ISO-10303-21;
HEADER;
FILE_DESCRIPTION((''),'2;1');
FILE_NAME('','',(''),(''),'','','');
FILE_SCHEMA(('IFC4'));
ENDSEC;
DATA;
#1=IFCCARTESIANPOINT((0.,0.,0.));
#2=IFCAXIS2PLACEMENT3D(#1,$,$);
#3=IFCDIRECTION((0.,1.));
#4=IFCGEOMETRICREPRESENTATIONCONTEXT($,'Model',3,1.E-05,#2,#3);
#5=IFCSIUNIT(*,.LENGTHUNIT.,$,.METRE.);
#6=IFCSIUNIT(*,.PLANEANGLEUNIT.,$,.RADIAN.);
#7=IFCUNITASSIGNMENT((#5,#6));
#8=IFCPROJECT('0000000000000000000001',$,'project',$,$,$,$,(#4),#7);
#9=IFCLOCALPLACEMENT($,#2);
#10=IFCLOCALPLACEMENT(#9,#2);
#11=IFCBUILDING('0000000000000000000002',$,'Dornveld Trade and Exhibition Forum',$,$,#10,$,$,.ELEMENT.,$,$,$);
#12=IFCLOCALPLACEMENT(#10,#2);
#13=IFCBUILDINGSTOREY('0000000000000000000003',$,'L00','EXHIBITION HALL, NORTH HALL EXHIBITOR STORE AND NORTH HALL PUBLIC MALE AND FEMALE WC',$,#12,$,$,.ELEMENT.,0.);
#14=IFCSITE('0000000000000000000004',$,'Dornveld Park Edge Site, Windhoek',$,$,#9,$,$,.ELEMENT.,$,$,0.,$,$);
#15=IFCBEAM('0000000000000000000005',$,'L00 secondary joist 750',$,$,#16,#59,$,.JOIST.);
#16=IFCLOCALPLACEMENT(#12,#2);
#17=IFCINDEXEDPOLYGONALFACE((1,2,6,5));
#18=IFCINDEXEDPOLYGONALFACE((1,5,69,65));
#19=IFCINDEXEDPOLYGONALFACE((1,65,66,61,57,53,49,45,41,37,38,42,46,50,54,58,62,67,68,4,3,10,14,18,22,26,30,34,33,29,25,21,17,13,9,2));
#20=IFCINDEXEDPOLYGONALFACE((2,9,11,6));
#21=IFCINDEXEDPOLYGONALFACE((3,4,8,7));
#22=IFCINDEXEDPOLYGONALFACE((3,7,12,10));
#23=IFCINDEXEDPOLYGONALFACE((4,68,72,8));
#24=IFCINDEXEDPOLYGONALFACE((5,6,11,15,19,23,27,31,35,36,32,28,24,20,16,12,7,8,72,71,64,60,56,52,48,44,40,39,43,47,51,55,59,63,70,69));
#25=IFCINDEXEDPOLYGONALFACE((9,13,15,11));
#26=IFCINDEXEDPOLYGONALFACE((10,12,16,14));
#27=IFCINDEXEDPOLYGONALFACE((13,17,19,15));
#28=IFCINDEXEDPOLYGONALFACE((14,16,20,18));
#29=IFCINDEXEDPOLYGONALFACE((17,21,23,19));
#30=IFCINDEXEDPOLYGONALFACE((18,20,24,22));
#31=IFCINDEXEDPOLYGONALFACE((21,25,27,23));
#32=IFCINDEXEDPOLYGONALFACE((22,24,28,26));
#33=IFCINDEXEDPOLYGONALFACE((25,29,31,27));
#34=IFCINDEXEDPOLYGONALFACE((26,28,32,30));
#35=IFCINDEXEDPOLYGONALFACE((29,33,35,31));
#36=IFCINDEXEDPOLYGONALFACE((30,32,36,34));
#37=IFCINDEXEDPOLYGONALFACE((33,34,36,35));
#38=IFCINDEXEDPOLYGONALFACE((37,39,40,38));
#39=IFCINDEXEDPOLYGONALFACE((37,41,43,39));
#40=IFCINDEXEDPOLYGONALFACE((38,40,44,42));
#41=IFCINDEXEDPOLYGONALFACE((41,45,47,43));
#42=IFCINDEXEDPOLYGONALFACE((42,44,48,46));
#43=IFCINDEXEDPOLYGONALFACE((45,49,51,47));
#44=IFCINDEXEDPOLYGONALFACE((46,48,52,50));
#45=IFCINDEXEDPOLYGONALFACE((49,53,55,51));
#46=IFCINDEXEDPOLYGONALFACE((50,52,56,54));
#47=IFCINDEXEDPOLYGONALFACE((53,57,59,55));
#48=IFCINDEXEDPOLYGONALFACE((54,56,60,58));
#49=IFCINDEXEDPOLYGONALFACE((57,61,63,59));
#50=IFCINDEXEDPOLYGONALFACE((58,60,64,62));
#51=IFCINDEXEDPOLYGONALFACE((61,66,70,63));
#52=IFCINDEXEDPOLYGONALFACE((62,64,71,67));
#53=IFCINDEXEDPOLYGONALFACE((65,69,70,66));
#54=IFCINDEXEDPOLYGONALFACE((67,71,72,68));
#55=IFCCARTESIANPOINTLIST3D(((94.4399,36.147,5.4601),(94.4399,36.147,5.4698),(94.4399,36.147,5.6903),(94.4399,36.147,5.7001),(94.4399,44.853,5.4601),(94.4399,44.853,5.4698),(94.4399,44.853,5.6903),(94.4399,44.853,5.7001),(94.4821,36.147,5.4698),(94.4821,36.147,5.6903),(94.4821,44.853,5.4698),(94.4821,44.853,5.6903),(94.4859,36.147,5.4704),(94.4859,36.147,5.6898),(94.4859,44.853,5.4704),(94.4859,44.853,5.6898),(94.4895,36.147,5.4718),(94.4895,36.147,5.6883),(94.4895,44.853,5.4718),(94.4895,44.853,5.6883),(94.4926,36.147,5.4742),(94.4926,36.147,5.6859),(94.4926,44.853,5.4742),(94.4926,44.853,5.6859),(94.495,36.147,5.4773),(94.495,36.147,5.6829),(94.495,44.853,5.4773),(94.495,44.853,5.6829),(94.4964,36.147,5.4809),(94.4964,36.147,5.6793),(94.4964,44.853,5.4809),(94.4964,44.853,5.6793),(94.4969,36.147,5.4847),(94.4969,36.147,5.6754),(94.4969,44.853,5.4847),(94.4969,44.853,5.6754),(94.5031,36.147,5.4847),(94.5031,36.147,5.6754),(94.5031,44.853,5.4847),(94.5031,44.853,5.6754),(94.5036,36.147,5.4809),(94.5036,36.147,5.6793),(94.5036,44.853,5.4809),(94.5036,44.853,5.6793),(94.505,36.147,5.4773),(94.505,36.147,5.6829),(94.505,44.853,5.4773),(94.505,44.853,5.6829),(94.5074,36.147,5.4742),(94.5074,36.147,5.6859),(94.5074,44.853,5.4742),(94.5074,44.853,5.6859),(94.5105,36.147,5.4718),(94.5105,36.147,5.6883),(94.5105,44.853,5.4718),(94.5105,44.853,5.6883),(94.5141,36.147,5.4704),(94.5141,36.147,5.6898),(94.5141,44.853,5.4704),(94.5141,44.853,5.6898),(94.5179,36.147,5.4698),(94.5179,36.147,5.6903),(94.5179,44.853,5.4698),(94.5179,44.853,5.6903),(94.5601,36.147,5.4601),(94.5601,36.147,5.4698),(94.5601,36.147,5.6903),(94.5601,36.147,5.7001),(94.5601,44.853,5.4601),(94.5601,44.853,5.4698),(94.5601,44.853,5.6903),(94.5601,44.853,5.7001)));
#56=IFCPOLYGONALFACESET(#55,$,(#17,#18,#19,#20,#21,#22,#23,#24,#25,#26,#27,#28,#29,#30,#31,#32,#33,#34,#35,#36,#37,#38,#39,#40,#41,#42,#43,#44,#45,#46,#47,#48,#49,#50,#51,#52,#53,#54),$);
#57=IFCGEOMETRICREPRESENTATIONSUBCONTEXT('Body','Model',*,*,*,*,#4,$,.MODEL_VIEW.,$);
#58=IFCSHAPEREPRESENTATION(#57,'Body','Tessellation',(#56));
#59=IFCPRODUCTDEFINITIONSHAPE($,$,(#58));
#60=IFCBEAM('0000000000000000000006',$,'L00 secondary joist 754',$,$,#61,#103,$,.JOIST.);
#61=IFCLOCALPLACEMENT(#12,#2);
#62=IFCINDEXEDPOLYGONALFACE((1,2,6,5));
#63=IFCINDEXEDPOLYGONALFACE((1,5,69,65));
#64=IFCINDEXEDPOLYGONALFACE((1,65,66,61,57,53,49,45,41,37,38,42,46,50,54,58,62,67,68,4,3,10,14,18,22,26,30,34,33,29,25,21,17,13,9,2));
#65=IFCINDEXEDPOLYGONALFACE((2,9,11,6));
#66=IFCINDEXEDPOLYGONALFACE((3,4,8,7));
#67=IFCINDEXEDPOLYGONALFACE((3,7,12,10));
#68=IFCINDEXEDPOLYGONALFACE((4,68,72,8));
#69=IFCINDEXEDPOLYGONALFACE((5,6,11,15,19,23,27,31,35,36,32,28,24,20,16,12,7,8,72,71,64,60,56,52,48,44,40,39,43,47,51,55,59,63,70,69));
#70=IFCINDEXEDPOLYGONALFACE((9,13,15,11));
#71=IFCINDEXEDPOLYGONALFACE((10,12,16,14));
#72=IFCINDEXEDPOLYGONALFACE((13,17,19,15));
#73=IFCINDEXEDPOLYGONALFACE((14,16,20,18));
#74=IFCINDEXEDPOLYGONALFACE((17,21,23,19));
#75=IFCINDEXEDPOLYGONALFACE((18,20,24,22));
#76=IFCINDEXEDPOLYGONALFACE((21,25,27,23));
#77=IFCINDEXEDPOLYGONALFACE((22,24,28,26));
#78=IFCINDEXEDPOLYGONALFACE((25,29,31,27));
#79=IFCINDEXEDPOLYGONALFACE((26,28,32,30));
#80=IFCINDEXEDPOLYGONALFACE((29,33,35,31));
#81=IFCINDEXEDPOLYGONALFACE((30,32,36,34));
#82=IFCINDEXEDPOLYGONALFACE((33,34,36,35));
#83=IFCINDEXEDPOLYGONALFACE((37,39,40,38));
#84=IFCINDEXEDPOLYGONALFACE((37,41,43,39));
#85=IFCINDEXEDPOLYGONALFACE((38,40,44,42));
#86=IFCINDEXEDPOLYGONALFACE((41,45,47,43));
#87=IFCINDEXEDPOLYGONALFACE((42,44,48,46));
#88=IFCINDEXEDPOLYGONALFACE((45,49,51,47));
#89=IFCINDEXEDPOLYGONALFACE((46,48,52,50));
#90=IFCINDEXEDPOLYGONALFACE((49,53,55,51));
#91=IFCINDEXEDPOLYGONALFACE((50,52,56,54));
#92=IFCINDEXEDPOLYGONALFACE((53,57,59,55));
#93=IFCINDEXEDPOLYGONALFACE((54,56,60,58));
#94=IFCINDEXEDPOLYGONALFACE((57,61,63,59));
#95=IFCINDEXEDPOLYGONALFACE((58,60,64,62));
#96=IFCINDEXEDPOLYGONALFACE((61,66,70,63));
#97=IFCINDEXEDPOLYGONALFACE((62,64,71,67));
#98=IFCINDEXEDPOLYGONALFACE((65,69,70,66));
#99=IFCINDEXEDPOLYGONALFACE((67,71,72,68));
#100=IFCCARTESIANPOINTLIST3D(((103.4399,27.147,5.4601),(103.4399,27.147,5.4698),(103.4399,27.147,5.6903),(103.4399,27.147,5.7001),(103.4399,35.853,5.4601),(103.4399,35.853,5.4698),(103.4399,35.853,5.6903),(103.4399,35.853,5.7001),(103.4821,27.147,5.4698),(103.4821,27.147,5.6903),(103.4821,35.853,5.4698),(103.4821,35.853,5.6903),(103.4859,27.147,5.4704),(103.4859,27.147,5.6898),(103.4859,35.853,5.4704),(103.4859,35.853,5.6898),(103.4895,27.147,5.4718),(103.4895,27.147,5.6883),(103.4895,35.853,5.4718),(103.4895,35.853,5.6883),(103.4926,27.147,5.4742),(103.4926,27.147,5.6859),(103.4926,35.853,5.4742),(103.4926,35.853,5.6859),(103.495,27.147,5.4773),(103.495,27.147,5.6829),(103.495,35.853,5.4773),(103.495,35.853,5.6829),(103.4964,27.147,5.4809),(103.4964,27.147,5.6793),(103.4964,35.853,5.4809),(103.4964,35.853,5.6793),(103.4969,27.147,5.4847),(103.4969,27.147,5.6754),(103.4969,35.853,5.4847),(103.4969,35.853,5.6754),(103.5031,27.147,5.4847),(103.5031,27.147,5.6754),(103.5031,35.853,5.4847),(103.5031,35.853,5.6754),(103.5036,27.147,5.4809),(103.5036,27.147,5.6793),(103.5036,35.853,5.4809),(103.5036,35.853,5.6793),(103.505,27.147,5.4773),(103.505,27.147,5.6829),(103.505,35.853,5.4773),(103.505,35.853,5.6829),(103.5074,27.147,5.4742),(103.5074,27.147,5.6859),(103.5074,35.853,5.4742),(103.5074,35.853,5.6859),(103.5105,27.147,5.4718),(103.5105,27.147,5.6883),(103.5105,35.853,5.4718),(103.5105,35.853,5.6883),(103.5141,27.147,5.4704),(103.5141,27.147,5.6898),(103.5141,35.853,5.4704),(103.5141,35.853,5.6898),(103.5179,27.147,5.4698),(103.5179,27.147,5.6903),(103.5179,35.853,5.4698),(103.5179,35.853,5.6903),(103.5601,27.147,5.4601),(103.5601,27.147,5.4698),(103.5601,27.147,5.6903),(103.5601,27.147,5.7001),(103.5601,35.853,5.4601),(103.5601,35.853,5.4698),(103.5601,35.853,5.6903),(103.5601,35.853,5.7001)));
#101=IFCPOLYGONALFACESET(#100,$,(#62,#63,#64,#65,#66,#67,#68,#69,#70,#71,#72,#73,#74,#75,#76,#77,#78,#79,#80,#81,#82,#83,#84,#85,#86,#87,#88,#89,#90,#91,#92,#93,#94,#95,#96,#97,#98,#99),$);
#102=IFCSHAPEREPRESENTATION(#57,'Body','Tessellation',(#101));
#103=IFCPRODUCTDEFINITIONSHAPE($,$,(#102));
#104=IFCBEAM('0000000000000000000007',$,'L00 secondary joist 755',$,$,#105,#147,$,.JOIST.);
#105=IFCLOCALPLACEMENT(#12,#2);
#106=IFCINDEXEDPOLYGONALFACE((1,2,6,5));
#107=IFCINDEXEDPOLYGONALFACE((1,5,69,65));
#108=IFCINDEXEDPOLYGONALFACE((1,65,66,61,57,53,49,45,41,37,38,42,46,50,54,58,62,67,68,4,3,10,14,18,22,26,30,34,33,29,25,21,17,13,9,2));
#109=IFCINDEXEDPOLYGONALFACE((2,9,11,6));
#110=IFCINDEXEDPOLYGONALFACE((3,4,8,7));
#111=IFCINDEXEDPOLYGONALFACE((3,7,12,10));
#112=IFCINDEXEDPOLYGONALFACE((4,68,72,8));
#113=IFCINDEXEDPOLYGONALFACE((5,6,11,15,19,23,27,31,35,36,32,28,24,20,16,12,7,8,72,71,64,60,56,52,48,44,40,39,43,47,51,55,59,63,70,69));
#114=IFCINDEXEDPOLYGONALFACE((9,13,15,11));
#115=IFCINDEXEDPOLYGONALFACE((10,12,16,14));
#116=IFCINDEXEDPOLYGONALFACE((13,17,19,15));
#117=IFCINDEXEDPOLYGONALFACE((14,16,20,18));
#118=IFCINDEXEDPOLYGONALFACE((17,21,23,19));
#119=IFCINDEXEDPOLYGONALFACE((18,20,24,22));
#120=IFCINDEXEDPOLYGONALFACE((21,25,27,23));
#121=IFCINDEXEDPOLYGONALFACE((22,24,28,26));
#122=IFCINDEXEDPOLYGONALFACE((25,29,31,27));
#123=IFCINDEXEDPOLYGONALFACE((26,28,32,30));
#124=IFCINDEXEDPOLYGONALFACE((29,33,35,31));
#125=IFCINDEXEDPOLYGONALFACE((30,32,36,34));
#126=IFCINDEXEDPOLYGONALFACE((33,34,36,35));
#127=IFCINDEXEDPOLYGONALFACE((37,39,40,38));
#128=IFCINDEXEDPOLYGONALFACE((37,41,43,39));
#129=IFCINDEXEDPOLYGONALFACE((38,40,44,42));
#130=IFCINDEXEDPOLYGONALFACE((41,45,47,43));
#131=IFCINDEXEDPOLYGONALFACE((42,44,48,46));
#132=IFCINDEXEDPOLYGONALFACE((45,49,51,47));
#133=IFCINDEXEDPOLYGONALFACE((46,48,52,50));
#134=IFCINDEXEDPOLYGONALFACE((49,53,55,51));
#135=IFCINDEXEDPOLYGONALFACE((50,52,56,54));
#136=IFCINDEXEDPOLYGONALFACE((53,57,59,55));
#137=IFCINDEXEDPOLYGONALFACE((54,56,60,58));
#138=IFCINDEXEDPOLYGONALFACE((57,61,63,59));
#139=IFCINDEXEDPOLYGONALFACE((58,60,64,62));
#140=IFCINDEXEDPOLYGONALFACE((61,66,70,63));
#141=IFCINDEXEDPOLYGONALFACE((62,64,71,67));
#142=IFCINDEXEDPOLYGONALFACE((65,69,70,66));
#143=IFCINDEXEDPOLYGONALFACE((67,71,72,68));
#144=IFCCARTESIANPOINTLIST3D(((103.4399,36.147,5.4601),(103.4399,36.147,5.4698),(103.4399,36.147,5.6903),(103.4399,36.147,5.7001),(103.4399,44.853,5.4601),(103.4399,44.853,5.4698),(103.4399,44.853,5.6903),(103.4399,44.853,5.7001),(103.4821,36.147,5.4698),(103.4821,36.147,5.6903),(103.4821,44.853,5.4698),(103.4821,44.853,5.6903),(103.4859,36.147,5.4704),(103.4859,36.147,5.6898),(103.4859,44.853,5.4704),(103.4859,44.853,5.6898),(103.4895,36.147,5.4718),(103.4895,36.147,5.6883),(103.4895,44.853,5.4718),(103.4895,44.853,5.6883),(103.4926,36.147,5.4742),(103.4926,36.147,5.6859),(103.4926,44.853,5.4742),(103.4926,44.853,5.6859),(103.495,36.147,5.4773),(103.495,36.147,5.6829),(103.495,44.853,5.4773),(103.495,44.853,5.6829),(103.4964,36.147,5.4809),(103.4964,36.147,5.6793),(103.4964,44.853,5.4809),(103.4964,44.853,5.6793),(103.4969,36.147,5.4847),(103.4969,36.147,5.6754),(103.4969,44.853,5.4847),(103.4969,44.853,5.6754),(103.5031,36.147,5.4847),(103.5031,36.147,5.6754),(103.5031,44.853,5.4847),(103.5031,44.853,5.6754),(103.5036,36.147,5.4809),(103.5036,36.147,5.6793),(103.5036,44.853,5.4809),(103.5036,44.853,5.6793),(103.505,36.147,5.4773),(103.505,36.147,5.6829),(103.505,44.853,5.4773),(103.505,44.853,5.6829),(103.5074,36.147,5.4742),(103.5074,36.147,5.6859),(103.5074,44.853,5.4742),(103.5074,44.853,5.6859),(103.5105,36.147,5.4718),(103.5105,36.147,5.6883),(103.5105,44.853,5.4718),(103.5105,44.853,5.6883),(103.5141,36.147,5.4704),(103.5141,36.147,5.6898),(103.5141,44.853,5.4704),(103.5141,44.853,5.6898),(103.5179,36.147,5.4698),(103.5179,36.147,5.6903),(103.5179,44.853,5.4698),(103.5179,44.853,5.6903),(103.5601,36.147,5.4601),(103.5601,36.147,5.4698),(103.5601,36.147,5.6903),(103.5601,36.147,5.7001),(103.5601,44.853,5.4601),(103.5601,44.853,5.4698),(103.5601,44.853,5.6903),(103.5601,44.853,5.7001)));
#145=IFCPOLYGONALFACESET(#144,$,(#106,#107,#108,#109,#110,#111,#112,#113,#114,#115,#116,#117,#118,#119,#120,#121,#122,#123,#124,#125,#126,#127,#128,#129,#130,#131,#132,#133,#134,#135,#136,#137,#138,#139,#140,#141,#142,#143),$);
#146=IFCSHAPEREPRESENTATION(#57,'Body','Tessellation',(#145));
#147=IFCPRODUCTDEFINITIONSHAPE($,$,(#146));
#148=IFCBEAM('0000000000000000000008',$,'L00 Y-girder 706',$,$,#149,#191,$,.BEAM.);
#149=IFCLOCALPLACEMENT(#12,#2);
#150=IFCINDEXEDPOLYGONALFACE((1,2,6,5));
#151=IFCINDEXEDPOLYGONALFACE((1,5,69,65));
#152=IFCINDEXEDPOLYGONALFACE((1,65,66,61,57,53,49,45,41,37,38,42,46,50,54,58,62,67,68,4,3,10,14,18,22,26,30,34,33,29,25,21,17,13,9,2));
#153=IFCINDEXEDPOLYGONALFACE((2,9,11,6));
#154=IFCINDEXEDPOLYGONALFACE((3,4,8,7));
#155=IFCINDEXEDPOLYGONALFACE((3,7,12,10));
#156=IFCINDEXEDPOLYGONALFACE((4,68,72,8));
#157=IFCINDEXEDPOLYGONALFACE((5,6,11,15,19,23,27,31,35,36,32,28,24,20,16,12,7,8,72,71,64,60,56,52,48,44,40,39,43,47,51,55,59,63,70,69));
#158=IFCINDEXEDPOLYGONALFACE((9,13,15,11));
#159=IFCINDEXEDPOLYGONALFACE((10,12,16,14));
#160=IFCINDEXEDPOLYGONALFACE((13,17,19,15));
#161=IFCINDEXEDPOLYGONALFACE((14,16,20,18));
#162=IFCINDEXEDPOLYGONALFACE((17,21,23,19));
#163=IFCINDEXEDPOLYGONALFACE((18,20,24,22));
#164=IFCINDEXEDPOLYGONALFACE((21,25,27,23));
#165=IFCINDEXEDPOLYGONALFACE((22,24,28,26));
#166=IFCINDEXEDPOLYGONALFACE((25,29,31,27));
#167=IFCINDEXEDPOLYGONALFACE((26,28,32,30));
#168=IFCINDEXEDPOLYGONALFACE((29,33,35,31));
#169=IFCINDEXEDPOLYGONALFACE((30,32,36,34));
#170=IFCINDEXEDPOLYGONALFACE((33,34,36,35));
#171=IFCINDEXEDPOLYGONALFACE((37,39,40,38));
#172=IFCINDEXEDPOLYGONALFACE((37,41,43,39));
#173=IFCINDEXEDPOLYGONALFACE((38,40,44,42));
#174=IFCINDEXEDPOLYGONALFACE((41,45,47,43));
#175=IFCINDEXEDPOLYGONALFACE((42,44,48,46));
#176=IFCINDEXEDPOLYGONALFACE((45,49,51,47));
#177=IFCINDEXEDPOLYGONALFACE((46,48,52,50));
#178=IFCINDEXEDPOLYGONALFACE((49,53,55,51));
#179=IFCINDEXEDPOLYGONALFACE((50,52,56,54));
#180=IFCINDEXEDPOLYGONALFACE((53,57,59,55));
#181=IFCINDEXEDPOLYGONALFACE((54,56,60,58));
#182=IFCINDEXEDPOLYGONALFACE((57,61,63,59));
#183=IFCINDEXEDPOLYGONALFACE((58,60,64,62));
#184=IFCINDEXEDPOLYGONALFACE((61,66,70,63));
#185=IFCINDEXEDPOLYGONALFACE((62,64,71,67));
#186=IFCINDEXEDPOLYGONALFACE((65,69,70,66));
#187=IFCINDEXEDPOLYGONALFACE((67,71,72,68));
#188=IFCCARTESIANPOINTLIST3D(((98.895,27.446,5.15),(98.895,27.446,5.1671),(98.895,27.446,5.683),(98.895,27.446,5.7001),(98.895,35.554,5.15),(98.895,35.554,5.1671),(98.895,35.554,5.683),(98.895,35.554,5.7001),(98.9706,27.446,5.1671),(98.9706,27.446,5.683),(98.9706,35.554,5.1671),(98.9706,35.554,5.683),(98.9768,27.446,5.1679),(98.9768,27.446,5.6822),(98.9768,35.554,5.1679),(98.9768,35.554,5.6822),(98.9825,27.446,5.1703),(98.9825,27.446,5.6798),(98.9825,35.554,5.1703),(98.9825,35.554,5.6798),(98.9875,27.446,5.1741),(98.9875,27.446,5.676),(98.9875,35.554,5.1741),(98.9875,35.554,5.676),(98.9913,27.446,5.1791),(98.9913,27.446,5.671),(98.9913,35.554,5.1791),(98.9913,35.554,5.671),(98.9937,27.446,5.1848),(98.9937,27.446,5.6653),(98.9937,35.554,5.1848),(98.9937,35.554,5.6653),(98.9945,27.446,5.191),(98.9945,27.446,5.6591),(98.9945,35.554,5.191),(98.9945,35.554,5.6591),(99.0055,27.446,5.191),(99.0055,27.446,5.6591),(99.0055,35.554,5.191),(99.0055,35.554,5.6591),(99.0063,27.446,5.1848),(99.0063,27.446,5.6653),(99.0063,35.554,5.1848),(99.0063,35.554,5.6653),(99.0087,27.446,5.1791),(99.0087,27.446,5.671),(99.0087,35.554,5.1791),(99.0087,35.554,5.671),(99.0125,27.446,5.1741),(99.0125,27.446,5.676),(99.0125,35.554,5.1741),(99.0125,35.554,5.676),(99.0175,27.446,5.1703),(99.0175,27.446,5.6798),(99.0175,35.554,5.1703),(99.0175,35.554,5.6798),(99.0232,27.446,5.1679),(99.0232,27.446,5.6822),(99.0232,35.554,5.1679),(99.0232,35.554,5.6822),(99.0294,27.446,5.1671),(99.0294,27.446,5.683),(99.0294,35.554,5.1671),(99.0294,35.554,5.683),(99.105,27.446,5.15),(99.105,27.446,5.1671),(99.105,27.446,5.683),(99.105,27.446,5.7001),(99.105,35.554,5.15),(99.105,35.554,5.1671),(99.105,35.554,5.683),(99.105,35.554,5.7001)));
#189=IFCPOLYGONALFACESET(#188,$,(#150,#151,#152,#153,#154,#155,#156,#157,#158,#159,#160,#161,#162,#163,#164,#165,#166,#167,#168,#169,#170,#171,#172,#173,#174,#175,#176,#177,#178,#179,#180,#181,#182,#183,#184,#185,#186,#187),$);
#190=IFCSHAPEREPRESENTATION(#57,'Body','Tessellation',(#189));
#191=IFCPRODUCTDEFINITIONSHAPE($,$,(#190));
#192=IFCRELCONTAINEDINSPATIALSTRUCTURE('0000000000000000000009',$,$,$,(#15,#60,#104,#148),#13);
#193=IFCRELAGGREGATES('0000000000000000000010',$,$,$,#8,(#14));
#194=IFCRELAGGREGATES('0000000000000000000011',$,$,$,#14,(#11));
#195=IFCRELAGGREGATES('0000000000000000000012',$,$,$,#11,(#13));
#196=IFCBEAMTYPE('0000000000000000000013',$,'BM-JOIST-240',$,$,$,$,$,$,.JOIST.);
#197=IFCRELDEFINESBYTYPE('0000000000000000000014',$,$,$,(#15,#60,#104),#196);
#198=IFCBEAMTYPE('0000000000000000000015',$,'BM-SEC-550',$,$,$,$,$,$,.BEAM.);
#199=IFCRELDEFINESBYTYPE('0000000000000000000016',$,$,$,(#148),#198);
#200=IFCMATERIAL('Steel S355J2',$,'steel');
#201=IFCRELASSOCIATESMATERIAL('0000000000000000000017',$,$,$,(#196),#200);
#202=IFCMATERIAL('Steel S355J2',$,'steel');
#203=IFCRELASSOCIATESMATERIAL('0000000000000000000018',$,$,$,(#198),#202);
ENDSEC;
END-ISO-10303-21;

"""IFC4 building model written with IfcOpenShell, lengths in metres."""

from ifc_helpers import new_model, si_unit, direction, frame, origin, origin_2d, place, context, subcontext, project, spatial, i_section, extrude, material, material_profile, profile_set, type_object, element, save


model = new_model("IFC4")

# Units and contexts
model_context = context("Model", 3, precision=1e-05, world=origin(), true_north=direction((0.0, 1.0)))
body_context = subcontext(model_context, "Body", "Model", "MODEL_VIEW")
ifc_project = project(units=[si_unit("LENGTHUNIT", "METRE"), si_unit("PLANEANGLEUNIT", "RADIAN")], contexts=[model_context])

# Site, building, storey
site_placement = place(None, origin())
site = spatial("IfcSite", under=ifc_project, at=site_placement, Name="Dornveld Park Edge Site, Windhoek", CompositionType="ELEMENT", RefElevation=0.0)
building_placement = place(site_placement, origin())
building = spatial("IfcBuilding", under=site, at=building_placement, Name="Dornveld Trade and Exhibition Forum", CompositionType="ELEMENT")
storey_placement = place(building_placement, origin())
storey = spatial("IfcBuildingStorey", under=building, at=storey_placement, Name="L00", Description="EXHIBITION HALL, NORTH HALL EXHIBITOR STORE AND NORTH HALL PUBLIC MALE AND FEMALE WC", CompositionType="ELEMENT", Elevation=0.0)

# Beams
ifc_material_1 = material(Name="Steel S355J2", Category="steel")
ifc_material_profile_1 = material_profile(ifc_material_1, i_section(OverallWidth=0.1201, OverallDepth=0.24, WebThickness=0.0061, FlangeThickness=0.0098, FilletRadius=0.0149, at=origin_2d()), Name="IPE 240")
ifc_profile_set_1 = profile_set([ifc_material_profile_1], Name="Steel S355J2")
beam_type_1 = type_object("IfcBeamType", Name="BM-JOIST-240", PredefinedType="JOIST", material=ifc_profile_set_1)
for number, where, z_axis, x_axis, name in (
    (1, (94.5, 36.147, 5.5801), (0.0, 1.0, 0.0), (-1.0, 0.0, 0.0), "L00 secondary joist 750"),
    (2, (103.5, 27.147, 5.5801), (0.0, 1.0, 0.0), (-1.0, 0.0, 0.0), "L00 secondary joist 754"),
    (3, (103.5, 36.147, 5.5801), (0.0, 1.0, 0.0), (-1.0, 0.0, 0.0), "L00 secondary joist 755"),
):
    element("IfcBeam", number, at=place(storey_placement, frame(where, z_axis=z_axis, x_axis=x_axis)), inside=storey, type_object=beam_type_1, Name=name, PredefinedType="JOIST", context=body_context, shape_type="SweptSolid", body=[
        extrude(i_section(OverallWidth=0.1201, OverallDepth=0.24, WebThickness=0.0061, FlangeThickness=0.0098, FilletRadius=0.0149, at=origin_2d()), origin(), (0.0, 0.0, 1.0), 8.7061),
    ])
ifc_material_2 = material(Name="Steel S355J2", Category="steel")
ifc_material_profile_2 = material_profile(ifc_material_2, i_section(OverallWidth=0.21, OverallDepth=0.55, WebThickness=0.011, FlangeThickness=0.0171, FilletRadius=0.0239, at=origin_2d()), Name="IPE 550")
ifc_profile_set_2 = profile_set([ifc_material_profile_2], Name="Steel S355J2")
beam_type_2 = type_object("IfcBeamType", Name="BM-SEC-550", PredefinedType="BEAM", material=ifc_profile_set_2)
for number, where, z_axis, x_axis, name in (
    (4, (99.0, 27.446, 5.425), (0.0, 1.0, 0.0), (-1.0, 0.0, 0.0), "L00 Y-girder 706"),
):
    element("IfcBeam", number, at=place(storey_placement, frame(where, z_axis=z_axis, x_axis=x_axis)), inside=storey, type_object=beam_type_2, Name=name, PredefinedType="BEAM", context=body_context, shape_type="SweptSolid", body=[
        extrude(i_section(OverallWidth=0.21, OverallDepth=0.55, WebThickness=0.011, FlangeThickness=0.0171, FilletRadius=0.0239, at=origin_2d()), origin(), (0.0, 0.0, 1.0), 8.1079),
    ])

save(model, "model.ifc")
